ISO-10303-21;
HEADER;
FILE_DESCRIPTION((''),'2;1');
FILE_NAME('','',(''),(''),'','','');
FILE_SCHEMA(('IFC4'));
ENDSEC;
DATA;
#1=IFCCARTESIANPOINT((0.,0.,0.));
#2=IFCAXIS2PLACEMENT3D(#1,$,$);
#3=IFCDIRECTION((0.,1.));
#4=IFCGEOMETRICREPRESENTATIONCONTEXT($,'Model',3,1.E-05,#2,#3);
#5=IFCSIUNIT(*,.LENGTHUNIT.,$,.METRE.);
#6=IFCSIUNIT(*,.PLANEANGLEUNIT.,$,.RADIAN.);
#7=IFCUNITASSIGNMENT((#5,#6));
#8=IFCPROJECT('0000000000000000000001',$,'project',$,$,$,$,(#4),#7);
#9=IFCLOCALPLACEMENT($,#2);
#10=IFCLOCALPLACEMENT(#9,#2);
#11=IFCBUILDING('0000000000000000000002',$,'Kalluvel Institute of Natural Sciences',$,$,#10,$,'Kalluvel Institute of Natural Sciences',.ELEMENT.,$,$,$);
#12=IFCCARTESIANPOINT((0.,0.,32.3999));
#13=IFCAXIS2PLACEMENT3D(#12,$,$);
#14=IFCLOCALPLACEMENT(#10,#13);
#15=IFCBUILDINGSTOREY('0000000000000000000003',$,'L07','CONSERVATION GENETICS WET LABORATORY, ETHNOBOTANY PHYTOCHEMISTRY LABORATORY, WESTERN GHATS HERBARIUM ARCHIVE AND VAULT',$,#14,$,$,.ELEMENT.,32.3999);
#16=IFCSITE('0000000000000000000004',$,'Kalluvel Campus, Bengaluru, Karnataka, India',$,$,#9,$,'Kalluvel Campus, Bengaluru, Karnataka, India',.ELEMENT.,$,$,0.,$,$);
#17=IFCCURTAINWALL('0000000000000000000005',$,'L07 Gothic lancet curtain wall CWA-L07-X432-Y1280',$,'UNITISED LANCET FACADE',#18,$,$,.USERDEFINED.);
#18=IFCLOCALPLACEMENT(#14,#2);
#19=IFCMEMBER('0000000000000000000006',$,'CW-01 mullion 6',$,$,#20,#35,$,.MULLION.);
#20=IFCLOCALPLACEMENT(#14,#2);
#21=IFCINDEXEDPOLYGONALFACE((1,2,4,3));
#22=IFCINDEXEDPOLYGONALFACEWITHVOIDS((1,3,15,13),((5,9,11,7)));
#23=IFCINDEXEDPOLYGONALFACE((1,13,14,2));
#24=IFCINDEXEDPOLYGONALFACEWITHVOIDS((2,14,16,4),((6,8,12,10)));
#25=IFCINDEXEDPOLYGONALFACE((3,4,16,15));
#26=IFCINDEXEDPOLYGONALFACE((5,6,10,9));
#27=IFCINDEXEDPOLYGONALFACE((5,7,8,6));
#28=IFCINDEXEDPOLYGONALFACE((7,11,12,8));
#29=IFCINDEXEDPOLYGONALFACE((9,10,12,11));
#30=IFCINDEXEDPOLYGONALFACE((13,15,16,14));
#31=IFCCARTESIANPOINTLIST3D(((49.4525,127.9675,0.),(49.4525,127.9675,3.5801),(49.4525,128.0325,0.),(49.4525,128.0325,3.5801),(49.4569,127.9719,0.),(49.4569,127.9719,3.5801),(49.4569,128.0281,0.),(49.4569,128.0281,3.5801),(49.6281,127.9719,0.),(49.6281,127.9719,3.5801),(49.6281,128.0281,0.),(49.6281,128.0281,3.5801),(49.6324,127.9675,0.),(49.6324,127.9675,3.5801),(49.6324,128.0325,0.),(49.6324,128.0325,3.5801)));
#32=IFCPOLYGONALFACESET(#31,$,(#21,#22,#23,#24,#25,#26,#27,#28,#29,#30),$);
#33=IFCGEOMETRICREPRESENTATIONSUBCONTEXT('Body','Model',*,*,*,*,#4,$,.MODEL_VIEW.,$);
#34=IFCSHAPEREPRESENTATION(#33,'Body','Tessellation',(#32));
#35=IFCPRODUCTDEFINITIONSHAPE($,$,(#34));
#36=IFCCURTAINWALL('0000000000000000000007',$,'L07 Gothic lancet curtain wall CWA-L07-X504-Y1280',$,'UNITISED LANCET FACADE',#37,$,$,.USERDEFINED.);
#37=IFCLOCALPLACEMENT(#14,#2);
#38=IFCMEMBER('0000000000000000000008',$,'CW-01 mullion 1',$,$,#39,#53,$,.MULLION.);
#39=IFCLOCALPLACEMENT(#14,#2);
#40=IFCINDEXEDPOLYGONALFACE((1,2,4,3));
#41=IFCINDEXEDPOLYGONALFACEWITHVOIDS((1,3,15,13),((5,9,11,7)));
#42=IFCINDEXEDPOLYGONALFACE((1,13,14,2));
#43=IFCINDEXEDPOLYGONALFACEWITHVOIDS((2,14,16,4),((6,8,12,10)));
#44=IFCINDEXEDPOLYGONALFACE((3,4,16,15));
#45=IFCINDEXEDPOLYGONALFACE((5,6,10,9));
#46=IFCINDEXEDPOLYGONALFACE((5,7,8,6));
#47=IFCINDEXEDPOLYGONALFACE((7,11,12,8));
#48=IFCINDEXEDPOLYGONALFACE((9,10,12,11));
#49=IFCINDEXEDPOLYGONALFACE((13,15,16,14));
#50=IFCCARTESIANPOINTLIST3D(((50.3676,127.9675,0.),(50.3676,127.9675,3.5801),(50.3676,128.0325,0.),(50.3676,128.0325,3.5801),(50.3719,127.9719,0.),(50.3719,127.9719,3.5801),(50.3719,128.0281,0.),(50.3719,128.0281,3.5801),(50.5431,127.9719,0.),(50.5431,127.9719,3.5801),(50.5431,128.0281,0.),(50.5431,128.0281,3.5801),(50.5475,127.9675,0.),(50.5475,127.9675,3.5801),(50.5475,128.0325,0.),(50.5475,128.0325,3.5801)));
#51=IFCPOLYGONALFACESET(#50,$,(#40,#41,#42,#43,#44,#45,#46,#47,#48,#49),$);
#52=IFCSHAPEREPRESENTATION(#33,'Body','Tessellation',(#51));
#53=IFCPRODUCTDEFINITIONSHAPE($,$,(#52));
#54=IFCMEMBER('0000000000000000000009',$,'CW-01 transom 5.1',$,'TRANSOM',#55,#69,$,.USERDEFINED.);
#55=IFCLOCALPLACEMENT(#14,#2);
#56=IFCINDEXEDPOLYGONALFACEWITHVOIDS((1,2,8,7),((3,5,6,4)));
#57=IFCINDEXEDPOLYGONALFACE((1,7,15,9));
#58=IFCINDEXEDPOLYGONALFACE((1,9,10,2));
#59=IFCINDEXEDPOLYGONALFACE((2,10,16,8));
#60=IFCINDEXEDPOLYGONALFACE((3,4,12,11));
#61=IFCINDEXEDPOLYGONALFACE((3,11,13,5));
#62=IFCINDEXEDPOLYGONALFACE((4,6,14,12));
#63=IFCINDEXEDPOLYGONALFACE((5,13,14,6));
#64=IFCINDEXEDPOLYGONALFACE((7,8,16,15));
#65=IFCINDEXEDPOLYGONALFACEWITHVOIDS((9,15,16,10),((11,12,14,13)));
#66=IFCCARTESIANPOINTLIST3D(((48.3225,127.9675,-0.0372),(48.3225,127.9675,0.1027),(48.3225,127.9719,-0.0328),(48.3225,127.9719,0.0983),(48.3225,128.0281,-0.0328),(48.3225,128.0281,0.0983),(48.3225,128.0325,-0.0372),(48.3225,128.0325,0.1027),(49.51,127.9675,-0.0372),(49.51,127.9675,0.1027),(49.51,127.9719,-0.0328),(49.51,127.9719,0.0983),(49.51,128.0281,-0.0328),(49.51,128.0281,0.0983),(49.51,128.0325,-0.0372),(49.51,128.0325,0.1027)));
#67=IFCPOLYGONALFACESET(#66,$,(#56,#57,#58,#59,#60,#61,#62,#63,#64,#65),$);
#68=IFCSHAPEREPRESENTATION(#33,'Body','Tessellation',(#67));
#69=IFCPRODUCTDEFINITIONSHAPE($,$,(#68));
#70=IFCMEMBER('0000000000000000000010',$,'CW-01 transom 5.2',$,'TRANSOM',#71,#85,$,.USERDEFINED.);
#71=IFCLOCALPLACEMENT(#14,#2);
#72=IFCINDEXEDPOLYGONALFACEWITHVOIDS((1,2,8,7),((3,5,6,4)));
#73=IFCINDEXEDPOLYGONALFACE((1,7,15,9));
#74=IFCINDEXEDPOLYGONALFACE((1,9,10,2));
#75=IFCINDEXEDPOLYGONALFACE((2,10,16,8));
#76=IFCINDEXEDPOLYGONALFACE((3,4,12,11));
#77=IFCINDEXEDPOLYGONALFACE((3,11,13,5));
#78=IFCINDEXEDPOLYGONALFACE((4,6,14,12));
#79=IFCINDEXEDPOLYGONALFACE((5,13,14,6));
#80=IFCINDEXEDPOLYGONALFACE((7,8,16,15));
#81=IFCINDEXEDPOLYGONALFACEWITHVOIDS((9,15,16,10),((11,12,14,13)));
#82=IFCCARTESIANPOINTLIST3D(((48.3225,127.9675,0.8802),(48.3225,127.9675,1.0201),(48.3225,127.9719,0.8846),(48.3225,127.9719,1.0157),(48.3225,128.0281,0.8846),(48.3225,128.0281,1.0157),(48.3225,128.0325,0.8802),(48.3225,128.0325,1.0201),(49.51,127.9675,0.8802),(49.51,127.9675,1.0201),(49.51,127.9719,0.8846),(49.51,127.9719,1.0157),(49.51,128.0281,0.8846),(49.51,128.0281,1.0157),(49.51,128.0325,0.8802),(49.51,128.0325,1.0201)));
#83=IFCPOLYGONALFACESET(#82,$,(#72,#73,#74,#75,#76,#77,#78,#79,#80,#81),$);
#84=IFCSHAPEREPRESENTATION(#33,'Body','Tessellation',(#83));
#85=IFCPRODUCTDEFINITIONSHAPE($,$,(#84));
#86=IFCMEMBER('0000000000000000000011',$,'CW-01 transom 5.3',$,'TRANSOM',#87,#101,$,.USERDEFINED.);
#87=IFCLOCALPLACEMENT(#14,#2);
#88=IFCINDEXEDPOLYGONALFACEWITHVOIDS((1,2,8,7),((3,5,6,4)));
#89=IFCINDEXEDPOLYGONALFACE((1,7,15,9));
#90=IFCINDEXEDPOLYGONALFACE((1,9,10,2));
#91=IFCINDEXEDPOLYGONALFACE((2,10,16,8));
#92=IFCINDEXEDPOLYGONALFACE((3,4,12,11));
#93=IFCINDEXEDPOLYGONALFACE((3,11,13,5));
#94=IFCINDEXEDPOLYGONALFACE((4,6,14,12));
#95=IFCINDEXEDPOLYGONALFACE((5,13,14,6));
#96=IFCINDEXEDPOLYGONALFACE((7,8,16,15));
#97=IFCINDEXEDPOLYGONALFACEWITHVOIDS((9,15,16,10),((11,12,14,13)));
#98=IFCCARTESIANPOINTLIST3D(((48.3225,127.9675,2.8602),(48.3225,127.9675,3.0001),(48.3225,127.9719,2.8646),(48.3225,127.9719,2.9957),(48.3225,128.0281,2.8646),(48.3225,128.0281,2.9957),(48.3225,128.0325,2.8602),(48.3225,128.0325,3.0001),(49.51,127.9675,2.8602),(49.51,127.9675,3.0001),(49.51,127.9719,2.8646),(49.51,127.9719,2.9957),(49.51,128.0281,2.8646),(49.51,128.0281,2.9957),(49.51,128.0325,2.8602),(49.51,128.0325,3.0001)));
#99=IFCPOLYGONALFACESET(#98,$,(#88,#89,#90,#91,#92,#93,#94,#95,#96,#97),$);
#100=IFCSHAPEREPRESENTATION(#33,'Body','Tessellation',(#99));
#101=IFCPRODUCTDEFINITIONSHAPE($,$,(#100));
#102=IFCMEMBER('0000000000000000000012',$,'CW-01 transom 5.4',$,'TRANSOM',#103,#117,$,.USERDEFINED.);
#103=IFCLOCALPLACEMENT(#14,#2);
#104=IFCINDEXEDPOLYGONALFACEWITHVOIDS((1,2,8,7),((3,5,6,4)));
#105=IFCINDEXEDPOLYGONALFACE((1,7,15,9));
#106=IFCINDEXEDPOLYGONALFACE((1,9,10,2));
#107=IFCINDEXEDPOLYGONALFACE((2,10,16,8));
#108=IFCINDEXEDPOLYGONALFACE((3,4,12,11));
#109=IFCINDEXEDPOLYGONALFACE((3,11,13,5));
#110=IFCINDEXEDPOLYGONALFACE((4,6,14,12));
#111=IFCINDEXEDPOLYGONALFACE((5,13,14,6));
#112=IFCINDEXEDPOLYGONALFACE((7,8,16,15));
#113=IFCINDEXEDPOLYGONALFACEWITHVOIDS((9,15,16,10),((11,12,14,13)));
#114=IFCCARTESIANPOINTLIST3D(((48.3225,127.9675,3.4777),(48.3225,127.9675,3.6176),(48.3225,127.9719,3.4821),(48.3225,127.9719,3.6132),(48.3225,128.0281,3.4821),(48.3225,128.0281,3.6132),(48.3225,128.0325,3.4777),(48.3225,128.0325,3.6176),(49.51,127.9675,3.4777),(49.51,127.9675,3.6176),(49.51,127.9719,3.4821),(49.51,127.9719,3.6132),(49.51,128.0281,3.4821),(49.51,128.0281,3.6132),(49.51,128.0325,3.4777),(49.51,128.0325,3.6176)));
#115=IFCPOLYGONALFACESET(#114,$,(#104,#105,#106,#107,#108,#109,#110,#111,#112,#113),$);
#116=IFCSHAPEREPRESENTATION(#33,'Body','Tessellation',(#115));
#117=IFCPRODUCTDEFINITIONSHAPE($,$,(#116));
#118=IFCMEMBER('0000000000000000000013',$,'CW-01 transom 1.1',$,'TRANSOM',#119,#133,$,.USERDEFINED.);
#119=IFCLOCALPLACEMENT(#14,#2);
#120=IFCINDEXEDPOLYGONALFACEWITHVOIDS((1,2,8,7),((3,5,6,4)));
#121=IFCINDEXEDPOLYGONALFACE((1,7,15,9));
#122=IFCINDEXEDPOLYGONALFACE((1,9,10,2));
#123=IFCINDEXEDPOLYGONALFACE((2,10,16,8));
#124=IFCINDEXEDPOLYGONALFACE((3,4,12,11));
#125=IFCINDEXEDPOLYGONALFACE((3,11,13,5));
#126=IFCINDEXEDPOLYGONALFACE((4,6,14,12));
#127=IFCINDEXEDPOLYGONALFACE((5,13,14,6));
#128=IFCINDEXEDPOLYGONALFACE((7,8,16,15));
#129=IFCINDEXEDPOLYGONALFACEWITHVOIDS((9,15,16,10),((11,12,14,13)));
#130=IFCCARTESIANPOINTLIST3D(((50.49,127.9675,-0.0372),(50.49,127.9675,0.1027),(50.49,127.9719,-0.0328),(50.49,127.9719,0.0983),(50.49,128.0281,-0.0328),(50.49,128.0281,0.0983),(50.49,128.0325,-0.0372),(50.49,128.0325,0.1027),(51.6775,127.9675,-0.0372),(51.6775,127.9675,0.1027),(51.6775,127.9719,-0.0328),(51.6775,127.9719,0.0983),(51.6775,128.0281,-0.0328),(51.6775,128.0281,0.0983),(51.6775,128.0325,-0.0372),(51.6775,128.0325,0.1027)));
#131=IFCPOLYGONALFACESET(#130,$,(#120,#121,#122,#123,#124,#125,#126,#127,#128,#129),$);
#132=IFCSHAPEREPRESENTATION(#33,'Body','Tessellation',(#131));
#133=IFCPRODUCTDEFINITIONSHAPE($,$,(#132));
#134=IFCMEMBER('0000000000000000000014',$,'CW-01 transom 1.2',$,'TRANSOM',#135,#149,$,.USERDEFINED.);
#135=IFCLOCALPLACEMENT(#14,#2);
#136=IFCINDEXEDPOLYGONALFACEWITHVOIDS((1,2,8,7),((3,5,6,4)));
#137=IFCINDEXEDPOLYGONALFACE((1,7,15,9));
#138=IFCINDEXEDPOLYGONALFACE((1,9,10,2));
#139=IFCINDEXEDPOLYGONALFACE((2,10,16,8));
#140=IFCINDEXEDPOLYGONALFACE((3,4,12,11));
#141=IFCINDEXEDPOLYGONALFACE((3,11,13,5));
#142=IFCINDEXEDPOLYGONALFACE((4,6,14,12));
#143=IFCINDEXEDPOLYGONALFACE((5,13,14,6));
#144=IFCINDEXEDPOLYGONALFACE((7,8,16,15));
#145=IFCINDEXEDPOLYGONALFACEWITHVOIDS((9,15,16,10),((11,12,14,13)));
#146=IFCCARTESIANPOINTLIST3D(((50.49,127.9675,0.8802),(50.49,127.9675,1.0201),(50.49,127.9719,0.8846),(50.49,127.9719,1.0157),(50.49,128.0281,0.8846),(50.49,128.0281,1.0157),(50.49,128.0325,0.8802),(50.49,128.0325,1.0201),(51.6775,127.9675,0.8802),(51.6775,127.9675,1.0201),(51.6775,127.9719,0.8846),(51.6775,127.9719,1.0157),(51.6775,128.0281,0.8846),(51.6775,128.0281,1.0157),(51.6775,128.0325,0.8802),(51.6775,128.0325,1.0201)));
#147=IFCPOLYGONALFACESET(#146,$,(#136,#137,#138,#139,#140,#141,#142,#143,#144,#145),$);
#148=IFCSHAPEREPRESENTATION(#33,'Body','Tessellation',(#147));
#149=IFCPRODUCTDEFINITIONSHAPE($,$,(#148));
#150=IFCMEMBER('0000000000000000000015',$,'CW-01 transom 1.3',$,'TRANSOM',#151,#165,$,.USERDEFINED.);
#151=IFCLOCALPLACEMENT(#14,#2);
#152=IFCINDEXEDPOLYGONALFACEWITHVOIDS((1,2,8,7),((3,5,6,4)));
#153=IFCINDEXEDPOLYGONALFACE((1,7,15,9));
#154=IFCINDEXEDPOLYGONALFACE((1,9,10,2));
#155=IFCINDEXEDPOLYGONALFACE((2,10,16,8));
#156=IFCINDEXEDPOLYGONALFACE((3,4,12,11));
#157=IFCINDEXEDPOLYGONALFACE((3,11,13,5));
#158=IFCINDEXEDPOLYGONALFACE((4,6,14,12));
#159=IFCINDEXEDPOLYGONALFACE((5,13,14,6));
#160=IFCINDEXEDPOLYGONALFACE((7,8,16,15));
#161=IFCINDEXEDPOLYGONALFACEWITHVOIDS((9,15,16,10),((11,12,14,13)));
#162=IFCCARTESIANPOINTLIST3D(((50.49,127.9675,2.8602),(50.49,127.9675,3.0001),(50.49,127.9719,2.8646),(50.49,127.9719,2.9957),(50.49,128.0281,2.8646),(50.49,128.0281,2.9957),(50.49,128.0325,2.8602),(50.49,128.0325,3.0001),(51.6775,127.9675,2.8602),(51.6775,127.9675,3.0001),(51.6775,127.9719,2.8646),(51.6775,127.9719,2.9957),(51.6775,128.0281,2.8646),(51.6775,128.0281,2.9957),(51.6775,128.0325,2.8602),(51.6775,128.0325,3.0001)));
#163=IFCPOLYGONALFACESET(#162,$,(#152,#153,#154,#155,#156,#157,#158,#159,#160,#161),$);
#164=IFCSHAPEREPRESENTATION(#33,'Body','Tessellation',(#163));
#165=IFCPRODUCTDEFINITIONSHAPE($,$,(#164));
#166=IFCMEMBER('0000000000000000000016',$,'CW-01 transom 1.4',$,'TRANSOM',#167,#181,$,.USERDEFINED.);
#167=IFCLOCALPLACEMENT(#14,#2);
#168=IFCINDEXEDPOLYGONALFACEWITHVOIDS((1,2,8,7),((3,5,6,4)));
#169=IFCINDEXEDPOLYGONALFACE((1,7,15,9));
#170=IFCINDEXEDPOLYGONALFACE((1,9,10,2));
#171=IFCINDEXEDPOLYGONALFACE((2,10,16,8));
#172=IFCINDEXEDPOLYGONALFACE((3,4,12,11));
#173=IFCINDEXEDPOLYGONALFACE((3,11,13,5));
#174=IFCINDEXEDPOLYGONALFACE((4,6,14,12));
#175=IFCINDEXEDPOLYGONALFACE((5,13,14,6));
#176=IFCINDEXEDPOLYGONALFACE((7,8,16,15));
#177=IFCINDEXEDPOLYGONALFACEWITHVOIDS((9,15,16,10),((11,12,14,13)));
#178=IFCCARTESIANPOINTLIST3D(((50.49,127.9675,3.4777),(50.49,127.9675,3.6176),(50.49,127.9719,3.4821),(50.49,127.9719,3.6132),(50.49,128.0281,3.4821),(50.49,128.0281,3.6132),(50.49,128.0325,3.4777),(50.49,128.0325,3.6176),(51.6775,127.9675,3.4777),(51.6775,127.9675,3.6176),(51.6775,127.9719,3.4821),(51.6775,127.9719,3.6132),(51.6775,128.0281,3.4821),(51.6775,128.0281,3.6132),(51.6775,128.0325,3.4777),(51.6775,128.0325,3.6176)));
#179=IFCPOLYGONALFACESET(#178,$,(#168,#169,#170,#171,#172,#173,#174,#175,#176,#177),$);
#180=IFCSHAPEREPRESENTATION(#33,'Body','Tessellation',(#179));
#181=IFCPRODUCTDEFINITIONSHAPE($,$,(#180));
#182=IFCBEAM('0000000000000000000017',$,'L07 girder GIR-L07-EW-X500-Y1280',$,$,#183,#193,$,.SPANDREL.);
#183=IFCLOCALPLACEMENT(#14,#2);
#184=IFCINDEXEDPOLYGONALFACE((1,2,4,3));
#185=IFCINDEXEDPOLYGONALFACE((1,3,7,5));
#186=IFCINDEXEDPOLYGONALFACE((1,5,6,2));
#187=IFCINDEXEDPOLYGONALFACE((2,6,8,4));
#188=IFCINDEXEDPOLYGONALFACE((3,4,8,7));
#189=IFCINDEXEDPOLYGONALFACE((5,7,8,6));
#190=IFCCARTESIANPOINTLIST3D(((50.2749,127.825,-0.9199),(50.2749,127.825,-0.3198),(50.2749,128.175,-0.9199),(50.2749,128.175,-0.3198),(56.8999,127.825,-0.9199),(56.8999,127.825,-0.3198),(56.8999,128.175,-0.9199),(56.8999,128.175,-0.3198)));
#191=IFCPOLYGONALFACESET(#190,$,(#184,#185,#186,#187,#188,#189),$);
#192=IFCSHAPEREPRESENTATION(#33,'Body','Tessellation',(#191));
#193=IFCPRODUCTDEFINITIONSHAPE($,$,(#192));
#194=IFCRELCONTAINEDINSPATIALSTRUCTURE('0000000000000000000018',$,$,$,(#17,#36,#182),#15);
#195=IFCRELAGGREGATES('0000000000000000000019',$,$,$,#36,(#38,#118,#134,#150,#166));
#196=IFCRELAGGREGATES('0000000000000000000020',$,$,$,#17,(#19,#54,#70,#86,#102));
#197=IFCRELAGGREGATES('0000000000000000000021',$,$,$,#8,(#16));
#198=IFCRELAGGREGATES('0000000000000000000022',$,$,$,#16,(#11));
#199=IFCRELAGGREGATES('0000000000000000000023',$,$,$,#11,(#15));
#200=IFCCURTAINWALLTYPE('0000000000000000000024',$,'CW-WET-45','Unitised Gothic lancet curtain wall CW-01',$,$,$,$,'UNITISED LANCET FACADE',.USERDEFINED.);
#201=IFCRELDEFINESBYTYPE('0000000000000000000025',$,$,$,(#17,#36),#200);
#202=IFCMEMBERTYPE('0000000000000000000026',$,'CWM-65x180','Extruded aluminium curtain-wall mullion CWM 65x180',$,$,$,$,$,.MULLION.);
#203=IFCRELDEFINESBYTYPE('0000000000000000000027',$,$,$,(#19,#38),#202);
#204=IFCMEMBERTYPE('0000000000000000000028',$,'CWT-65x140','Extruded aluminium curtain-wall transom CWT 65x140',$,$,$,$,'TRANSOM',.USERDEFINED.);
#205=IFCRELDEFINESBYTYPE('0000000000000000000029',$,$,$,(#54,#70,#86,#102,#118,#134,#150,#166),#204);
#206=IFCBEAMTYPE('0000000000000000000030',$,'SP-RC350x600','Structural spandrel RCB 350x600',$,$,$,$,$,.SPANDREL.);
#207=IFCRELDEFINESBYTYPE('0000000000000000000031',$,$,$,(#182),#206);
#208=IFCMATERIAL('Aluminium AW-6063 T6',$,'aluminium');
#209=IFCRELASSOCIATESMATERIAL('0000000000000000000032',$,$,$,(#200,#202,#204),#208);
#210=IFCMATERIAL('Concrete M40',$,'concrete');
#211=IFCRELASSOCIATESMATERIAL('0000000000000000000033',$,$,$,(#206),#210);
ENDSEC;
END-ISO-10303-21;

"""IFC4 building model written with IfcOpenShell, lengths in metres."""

from ifc_helpers import new_model, si_unit, direction, frame, origin, origin_2d, place, context, subcontext, project, spatial, rectangle, hollow_rectangle, extrude, material, material_profile, profile_set, type_object, element, aggregate, save


model = new_model("IFC4")

# Units and contexts
model_context = context("Model", 3, precision=1e-05, world=origin(), true_north=direction((0.0, 1.0)))
body_context = subcontext(model_context, "Body", "Model", "MODEL_VIEW")
ifc_project = project(units=[si_unit("LENGTHUNIT", "METRE"), si_unit("PLANEANGLEUNIT", "RADIAN")], contexts=[model_context])

# Site, building, storey
site_placement = place(None, origin())
site = spatial("IfcSite", under=ifc_project, at=site_placement, Name="Kalluvel Campus, Bengaluru, Karnataka, India", LongName="Kalluvel Campus, Bengaluru, Karnataka, India", CompositionType="ELEMENT", RefElevation=0.0)
building_placement = place(site_placement, origin())
building = spatial("IfcBuilding", under=site, at=building_placement, Name="Kalluvel Institute of Natural Sciences", LongName="Kalluvel Institute of Natural Sciences", CompositionType="ELEMENT")
storey_placement = place(building_placement, frame((0.0, 0.0, 32.3999)))
storey = spatial("IfcBuildingStorey", under=building, at=storey_placement, Name="L07", Description="CONSERVATION GENETICS WET LABORATORY, ETHNOBOTANY PHYTOCHEMISTRY LABORATORY, WESTERN GHATS HERBARIUM ARCHIVE AND VAULT", CompositionType="ELEMENT", Elevation=32.3999)

# Shared definitions
ifc_material_1 = material(Name="Concrete M40", Category="concrete")

# Curtain walls, members
ifc_material_2 = material(Name="Aluminium AW-6063 T6", Category="aluminium")
curtain_wall_type = type_object("IfcCurtainWallType", Name="CW-WET-45", Description="Unitised Gothic lancet curtain wall CW-01", ElementType="UNITISED LANCET FACADE", PredefinedType="USERDEFINED", material=ifc_material_2)
curtain_wall_1_placement = place(storey_placement, origin())
curtain_wall_1 = element("IfcCurtainWall", 1, at=curtain_wall_1_placement, inside=storey, type_object=curtain_wall_type, Name="L07 Gothic lancet curtain wall CWA-L07-X432-Y1280", ObjectType="UNITISED LANCET FACADE", PredefinedType="USERDEFINED")
ifc_material_profile_1 = material_profile(ifc_material_2, hollow_rectangle(XDim=0.0649, YDim=0.1799, WallThickness=0.0044, at=origin_2d()), Name="CWM 65x180")
ifc_profile_set_1 = profile_set([ifc_material_profile_1], Name="Aluminium AW-6063 T6")
member_type_1 = type_object("IfcMemberType", Name="CWM-65x180", Description="Extruded aluminium curtain-wall mullion CWM 65x180", PredefinedType="MULLION", material=ifc_profile_set_1)
member_1_placement = place(storey_placement, frame((49.5425, 128.0, 0.0), z_axis=(0.0, 0.0, 1.0), x_axis=(0.0, 1.0, 0.0)))
member_1 = element("IfcMember", 2, at=member_1_placement, type_object=member_type_1, Name="CW-01 mullion 6", PredefinedType="MULLION", context=body_context, shape_type="SweptSolid", body=[
    extrude(hollow_rectangle(XDim=0.0649, YDim=0.1799, WallThickness=0.0044, at=origin_2d()), origin(), (0.0, 0.0, 1.0), 3.5801),
])
curtain_wall_2_placement = place(storey_placement, origin())
curtain_wall_2 = element("IfcCurtainWall", 3, at=curtain_wall_2_placement, inside=storey, type_object=curtain_wall_type, Name="L07 Gothic lancet curtain wall CWA-L07-X504-Y1280", ObjectType="UNITISED LANCET FACADE", PredefinedType="USERDEFINED")
member_2_placement = place(storey_placement, frame((50.4575, 128.0, 0.0), z_axis=(0.0, 0.0, 1.0), x_axis=(0.0, 1.0, 0.0)))
member_2 = element("IfcMember", 4, at=member_2_placement, type_object=member_type_1, Name="CW-01 mullion 1", PredefinedType="MULLION", context=body_context, shape_type="SweptSolid", body=[
    extrude(hollow_rectangle(XDim=0.0649, YDim=0.1799, WallThickness=0.0044, at=origin_2d()), origin(), (0.0, 0.0, 1.0), 3.5801),
])

# Members
ifc_material_profile_2 = material_profile(ifc_material_2, hollow_rectangle(XDim=0.0649, YDim=0.1399, WallThickness=0.0044, at=origin_2d()), Name="CWT 65x140")
ifc_profile_set_2 = profile_set([ifc_material_profile_2], Name="Aluminium AW-6063 T6")
member_type_2 = type_object("IfcMemberType", Name="CWT-65x140", Description="Extruded aluminium curtain-wall transom CWT 65x140", ElementType="TRANSOM", PredefinedType="USERDEFINED", material=ifc_profile_set_2)
member_3_placement = place(storey_placement, frame((48.3225, 128.0, 0.0327), z_axis=(1.0, 0.0, 0.0), x_axis=(0.0, 1.0, 0.0)))
member_3 = element("IfcMember", 5, at=member_3_placement, type_object=member_type_2, Name="CW-01 transom 5.1", ObjectType="TRANSOM", PredefinedType="USERDEFINED", context=body_context, shape_type="SweptSolid", body=[
    extrude(hollow_rectangle(XDim=0.0649, YDim=0.1399, WallThickness=0.0044, at=origin_2d()), origin(), (0.0, 0.0, 1.0), 1.1875),
])
member_4_placement = place(storey_placement, frame((48.3225, 128.0, 0.9502), z_axis=(1.0, 0.0, 0.0), x_axis=(0.0, 1.0, 0.0)))
member_4 = element("IfcMember", 6, at=member_4_placement, type_object=member_type_2, Name="CW-01 transom 5.2", ObjectType="TRANSOM", PredefinedType="USERDEFINED", context=body_context, shape_type="SweptSolid", body=[
    extrude(hollow_rectangle(XDim=0.0649, YDim=0.1399, WallThickness=0.0044, at=origin_2d()), origin(), (0.0, 0.0, 1.0), 1.1875),
])
member_5_placement = place(storey_placement, frame((48.3225, 128.0, 2.9302), z_axis=(1.0, 0.0, 0.0), x_axis=(0.0, 1.0, 0.0)))
member_5 = element("IfcMember", 7, at=member_5_placement, type_object=member_type_2, Name="CW-01 transom 5.3", ObjectType="TRANSOM", PredefinedType="USERDEFINED", context=body_context, shape_type="SweptSolid", body=[
    extrude(hollow_rectangle(XDim=0.0649, YDim=0.1399, WallThickness=0.0044, at=origin_2d()), origin(), (0.0, 0.0, 1.0), 1.1875),
])
member_6_placement = place(storey_placement, frame((48.3225, 128.0, 3.5476), z_axis=(1.0, 0.0, 0.0), x_axis=(0.0, 1.0, 0.0)))
member_6 = element("IfcMember", 8, at=member_6_placement, type_object=member_type_2, Name="CW-01 transom 5.4", ObjectType="TRANSOM", PredefinedType="USERDEFINED", context=body_context, shape_type="SweptSolid", body=[
    extrude(hollow_rectangle(XDim=0.0649, YDim=0.1399, WallThickness=0.0044, at=origin_2d()), origin(), (0.0, 0.0, 1.0), 1.1875),
])
member_7_placement = place(storey_placement, frame((50.49, 128.0, 0.0327), z_axis=(1.0, 0.0, 0.0), x_axis=(0.0, 1.0, 0.0)))
member_7 = element("IfcMember", 9, at=member_7_placement, type_object=member_type_2, Name="CW-01 transom 1.1", ObjectType="TRANSOM", PredefinedType="USERDEFINED", context=body_context, shape_type="SweptSolid", body=[
    extrude(hollow_rectangle(XDim=0.0649, YDim=0.1399, WallThickness=0.0044, at=origin_2d()), origin(), (0.0, 0.0, 1.0), 1.1875),
])
member_8_placement = place(storey_placement, frame((50.49, 128.0, 0.9502), z_axis=(1.0, 0.0, 0.0), x_axis=(0.0, 1.0, 0.0)))
member_8 = element("IfcMember", 10, at=member_8_placement, type_object=member_type_2, Name="CW-01 transom 1.2", ObjectType="TRANSOM", PredefinedType="USERDEFINED", context=body_context, shape_type="SweptSolid", body=[
    extrude(hollow_rectangle(XDim=0.0649, YDim=0.1399, WallThickness=0.0044, at=origin_2d()), origin(), (0.0, 0.0, 1.0), 1.1875),
])
member_9_placement = place(storey_placement, frame((50.49, 128.0, 2.9302), z_axis=(1.0, 0.0, 0.0), x_axis=(0.0, 1.0, 0.0)))
member_9 = element("IfcMember", 11, at=member_9_placement, type_object=member_type_2, Name="CW-01 transom 1.3", ObjectType="TRANSOM", PredefinedType="USERDEFINED", context=body_context, shape_type="SweptSolid", body=[
    extrude(hollow_rectangle(XDim=0.0649, YDim=0.1399, WallThickness=0.0044, at=origin_2d()), origin(), (0.0, 0.0, 1.0), 1.1875),
])
member_10_placement = place(storey_placement, frame((50.49, 128.0, 3.5476), z_axis=(1.0, 0.0, 0.0), x_axis=(0.0, 1.0, 0.0)))
member_10 = element("IfcMember", 12, at=member_10_placement, type_object=member_type_2, Name="CW-01 transom 1.4", ObjectType="TRANSOM", PredefinedType="USERDEFINED", context=body_context, shape_type="SweptSolid", body=[
    extrude(hollow_rectangle(XDim=0.0649, YDim=0.1399, WallThickness=0.0044, at=origin_2d()), origin(), (0.0, 0.0, 1.0), 1.1875),
])
aggregate(curtain_wall_2, [member_2, member_7, member_8, member_9, member_10])

# Beam
ifc_material_profile_3 = material_profile(ifc_material_1, rectangle(XDim=0.3501, YDim=0.6001, at=origin_2d()), Name="RCB 350x600")
ifc_profile_set_3 = profile_set([ifc_material_profile_3], Name="Concrete M40")
beam_type_1 = type_object("IfcBeamType", Name="SP-RC350x600", Description="Structural spandrel RCB 350x600", PredefinedType="SPANDREL", material=ifc_profile_set_3)
beam_1_placement = place(storey_placement, frame((50.2749, 128.0, -0.6199), z_axis=(1.0, 0.0, 0.0), x_axis=(0.0, 1.0, 0.0)))
element("IfcBeam", 13, at=beam_1_placement, inside=storey, type_object=beam_type_1, Name="L07 girder GIR-L07-EW-X500-Y1280", PredefinedType="SPANDREL", context=body_context, shape_type="SweptSolid", body=[
    extrude(rectangle(XDim=0.3501, YDim=0.6001, at=origin_2d()), origin(), (0.0, 0.0, 1.0), 6.625),
])

aggregate(curtain_wall_1, [member_1, member_3, member_4, member_5, member_6])

save(model, "model.ifc")
